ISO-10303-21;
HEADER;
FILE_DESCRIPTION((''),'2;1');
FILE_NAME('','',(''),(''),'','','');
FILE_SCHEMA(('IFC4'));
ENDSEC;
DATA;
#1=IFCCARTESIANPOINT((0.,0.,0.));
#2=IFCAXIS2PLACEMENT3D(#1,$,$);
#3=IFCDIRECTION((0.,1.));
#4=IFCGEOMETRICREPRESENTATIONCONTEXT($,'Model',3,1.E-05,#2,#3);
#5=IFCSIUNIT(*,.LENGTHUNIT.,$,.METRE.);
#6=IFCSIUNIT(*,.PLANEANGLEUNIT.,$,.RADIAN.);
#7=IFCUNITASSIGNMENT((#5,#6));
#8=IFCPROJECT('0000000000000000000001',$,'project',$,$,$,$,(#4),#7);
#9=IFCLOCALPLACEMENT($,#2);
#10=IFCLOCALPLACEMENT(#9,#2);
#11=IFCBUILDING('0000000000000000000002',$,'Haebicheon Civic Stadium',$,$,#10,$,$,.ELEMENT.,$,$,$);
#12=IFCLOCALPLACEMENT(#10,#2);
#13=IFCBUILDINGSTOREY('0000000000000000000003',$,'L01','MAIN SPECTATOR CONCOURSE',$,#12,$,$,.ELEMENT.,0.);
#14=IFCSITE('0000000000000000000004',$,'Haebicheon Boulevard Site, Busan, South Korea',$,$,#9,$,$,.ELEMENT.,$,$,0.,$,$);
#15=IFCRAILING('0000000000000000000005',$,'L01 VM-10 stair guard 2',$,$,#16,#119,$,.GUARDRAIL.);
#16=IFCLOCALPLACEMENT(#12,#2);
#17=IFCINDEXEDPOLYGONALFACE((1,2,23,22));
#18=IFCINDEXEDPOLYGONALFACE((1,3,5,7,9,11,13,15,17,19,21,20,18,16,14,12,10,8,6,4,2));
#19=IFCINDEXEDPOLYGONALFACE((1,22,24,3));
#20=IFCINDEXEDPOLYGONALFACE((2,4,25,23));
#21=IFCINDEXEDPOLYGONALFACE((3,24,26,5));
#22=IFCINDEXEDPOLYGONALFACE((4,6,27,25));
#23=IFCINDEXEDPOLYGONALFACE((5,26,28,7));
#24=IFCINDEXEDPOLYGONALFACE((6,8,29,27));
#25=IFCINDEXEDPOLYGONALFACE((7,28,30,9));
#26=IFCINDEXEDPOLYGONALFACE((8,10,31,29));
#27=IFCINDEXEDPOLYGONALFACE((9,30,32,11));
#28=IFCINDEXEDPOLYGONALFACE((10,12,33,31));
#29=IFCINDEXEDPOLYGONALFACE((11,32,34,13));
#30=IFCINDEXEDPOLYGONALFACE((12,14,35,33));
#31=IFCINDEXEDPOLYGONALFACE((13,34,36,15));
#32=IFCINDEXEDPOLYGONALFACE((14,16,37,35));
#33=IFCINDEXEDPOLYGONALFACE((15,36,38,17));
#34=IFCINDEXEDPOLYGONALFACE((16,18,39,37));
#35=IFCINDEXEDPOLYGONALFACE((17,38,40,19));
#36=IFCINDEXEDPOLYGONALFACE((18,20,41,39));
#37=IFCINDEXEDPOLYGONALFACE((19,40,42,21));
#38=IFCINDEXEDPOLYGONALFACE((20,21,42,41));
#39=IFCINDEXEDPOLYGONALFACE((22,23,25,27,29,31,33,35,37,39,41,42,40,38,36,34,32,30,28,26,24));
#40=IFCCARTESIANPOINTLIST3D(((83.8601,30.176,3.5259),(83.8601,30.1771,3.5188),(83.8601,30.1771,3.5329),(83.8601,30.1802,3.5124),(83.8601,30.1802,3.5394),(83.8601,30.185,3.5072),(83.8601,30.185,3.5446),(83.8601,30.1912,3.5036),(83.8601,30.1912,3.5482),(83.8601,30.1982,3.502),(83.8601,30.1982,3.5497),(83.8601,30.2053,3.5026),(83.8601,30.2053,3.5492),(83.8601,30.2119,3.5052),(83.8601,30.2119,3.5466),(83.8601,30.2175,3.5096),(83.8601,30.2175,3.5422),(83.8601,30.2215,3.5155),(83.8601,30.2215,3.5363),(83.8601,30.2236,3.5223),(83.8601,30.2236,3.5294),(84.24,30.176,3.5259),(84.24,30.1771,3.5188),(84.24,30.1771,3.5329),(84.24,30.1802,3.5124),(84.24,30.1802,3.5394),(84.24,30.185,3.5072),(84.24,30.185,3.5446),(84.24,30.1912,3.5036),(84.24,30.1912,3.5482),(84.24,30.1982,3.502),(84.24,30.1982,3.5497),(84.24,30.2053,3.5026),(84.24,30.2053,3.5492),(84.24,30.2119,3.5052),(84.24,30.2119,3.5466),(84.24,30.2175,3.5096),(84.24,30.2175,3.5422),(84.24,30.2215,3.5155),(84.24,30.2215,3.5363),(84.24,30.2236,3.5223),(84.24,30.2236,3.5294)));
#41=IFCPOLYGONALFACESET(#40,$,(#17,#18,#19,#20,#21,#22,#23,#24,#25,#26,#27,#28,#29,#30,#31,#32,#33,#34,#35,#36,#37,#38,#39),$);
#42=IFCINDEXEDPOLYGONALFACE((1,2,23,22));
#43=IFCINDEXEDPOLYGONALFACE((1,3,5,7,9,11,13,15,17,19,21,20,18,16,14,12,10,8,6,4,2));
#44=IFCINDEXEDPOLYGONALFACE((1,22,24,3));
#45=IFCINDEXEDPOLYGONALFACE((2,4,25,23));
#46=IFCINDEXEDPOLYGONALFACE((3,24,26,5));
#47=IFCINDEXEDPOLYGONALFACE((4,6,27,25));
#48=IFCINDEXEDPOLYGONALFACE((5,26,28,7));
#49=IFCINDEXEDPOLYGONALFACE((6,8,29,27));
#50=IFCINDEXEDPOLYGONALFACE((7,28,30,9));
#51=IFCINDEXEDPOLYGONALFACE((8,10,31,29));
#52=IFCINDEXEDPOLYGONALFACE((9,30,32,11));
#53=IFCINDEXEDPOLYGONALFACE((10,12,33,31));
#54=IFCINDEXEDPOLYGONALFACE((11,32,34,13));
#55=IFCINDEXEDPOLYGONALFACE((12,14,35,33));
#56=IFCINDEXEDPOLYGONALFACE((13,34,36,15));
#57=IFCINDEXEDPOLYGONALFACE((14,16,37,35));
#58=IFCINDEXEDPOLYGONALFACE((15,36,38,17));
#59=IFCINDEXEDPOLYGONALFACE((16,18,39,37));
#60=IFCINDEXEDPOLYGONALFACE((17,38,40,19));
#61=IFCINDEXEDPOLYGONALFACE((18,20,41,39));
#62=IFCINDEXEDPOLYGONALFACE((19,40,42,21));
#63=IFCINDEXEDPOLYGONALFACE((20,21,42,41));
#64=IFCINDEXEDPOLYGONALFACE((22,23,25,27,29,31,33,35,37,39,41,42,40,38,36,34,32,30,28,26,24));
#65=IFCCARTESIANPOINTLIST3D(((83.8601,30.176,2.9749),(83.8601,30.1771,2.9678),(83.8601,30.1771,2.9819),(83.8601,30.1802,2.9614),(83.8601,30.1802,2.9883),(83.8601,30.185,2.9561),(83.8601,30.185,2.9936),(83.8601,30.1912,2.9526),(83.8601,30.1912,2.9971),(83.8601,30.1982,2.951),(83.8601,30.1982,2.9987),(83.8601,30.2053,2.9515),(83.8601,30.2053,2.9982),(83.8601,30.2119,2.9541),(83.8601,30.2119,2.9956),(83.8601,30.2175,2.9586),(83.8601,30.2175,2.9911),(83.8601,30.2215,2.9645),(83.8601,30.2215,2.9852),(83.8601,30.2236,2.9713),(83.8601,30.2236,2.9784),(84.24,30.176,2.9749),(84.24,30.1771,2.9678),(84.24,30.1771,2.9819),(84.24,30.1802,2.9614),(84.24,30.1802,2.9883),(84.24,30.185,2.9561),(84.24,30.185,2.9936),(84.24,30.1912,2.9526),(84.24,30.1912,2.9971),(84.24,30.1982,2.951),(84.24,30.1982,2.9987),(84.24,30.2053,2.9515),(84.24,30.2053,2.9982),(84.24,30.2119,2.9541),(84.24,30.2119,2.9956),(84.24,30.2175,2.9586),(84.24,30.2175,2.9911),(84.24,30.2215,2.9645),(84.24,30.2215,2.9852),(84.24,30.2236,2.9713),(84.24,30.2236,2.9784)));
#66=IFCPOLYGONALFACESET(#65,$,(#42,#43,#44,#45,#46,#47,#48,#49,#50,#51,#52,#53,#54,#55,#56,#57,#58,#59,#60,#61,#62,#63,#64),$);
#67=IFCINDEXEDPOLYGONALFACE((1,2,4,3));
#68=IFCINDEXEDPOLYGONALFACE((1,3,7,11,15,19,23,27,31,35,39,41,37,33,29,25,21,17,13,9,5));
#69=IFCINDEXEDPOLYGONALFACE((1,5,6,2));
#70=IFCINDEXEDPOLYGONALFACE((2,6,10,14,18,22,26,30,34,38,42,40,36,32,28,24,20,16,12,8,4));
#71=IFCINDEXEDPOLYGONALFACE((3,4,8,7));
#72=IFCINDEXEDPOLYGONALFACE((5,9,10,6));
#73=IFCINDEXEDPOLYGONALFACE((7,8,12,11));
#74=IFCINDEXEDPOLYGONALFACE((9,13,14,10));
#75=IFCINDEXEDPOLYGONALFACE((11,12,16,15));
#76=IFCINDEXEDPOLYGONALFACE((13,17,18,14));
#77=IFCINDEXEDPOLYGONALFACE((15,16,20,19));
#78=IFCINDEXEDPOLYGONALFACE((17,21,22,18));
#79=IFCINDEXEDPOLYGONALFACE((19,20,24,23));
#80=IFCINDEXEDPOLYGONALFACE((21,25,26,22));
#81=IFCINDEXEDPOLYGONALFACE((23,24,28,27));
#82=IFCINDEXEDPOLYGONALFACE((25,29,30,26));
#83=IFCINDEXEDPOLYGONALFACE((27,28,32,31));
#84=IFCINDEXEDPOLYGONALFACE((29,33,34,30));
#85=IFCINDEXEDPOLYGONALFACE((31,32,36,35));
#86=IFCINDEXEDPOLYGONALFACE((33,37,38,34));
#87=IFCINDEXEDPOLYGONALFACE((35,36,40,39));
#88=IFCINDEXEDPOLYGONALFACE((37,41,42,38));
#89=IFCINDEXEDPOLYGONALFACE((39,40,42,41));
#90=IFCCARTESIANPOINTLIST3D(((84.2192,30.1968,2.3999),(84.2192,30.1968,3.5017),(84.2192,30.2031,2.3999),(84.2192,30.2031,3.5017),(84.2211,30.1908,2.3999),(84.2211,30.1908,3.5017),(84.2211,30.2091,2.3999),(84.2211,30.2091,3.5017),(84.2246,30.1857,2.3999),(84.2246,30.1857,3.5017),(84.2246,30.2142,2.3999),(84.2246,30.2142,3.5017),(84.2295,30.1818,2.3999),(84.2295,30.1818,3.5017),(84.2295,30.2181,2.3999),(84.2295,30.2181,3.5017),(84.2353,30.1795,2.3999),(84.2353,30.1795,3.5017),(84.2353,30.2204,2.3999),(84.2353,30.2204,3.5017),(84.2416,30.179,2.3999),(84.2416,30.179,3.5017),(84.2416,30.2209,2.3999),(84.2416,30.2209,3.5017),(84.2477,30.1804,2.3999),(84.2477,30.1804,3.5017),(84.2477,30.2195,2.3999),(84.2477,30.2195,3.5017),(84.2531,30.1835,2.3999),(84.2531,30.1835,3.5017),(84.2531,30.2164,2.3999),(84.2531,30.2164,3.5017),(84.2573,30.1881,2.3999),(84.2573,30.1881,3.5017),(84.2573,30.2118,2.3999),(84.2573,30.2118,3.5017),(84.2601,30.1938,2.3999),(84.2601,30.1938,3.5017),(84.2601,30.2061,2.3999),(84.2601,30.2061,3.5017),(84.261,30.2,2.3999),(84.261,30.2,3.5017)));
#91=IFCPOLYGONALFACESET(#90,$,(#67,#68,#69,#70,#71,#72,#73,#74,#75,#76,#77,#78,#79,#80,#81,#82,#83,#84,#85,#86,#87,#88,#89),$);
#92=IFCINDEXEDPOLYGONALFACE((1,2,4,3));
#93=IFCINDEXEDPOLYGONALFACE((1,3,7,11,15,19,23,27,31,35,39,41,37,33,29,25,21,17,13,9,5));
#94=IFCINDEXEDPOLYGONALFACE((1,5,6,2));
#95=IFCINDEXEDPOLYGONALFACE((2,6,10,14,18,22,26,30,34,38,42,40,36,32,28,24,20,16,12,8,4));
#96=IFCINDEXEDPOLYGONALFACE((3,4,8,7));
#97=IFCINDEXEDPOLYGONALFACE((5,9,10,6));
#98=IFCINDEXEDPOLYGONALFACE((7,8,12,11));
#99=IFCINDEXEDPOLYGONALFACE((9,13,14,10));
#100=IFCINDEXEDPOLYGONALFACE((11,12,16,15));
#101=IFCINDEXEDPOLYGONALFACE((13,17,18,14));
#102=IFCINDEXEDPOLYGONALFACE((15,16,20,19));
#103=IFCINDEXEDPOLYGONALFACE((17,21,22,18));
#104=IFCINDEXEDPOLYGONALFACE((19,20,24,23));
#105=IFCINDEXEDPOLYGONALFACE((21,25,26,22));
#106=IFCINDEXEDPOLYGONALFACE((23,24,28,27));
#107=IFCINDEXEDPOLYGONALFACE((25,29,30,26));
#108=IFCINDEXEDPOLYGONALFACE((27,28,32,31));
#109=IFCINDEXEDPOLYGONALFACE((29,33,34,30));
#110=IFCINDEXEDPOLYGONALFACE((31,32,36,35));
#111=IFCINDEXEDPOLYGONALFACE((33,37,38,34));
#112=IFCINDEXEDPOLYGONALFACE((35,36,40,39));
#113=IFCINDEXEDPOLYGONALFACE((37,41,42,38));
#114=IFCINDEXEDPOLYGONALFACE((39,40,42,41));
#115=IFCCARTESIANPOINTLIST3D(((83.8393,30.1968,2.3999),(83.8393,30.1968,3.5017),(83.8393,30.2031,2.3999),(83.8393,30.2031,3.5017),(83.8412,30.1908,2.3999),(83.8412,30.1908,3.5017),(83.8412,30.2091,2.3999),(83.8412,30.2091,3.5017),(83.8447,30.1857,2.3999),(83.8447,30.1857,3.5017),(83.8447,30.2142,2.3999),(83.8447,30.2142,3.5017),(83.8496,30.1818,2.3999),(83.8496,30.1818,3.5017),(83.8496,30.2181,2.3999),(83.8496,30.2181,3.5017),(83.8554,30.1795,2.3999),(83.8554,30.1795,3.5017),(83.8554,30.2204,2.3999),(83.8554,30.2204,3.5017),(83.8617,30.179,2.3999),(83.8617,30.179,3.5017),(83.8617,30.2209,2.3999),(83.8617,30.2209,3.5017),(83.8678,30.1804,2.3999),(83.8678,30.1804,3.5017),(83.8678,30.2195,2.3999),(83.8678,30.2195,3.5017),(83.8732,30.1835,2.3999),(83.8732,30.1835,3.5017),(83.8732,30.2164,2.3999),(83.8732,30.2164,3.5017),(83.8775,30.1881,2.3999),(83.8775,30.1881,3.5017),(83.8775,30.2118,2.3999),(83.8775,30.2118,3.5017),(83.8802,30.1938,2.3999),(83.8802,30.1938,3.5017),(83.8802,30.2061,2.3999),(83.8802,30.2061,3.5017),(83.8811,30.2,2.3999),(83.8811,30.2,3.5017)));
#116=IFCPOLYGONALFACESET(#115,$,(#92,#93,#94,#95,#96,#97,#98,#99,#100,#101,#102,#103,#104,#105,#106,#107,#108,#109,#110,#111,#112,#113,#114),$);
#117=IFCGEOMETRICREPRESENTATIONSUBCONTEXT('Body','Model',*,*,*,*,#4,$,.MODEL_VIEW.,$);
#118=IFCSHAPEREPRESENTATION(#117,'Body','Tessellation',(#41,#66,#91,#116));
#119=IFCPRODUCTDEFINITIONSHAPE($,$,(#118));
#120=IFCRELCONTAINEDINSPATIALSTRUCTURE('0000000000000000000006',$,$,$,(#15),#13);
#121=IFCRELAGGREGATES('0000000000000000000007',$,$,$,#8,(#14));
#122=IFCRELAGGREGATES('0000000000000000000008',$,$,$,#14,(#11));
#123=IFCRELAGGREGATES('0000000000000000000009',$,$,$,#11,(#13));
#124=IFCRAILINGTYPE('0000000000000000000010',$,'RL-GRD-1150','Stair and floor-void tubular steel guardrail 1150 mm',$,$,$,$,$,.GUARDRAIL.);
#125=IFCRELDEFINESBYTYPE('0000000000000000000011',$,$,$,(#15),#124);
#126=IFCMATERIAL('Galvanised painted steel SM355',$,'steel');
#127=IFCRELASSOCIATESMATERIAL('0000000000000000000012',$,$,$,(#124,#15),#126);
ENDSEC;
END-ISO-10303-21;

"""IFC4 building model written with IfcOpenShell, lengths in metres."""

from ifc_helpers import new_model, si_unit, direction, frame, origin, origin_2d, place, context, subcontext, project, spatial, circle, extrude, material, type_object, element, save


model = new_model("IFC4")

# Units and contexts
model_context = context("Model", 3, precision=1e-05, world=origin(), true_north=direction((0.0, 1.0)))
body_context = subcontext(model_context, "Body", "Model", "MODEL_VIEW")
ifc_project = project(units=[si_unit("LENGTHUNIT", "METRE"), si_unit("PLANEANGLEUNIT", "RADIAN")], contexts=[model_context])

# Site, building, storey
site_placement = place(None, origin())
site = spatial("IfcSite", under=ifc_project, at=site_placement, Name="Haebicheon Boulevard Site, Busan, South Korea", CompositionType="ELEMENT", RefElevation=0.0)
building_placement = place(site_placement, origin())
building = spatial("IfcBuilding", under=site, at=building_placement, Name="Haebicheon Civic Stadium", CompositionType="ELEMENT")
storey_placement = place(building_placement, origin())
storey = spatial("IfcBuildingStorey", under=building, at=storey_placement, Name="L01", Description="MAIN SPECTATOR CONCOURSE", CompositionType="ELEMENT", Elevation=0.0)

# Railing
ifc_material_1 = material(Name="Galvanised painted steel SM355", Category="steel")
railing_type_1 = type_object("IfcRailingType", Name="RL-GRD-1150", Description="Stair and floor-void tubular steel guardrail 1150 mm", PredefinedType="GUARDRAIL", material=ifc_material_1)
railing_1_placement = place(storey_placement, frame((84.24, 30.2, 2.3999)))
element("IfcRailing", 1, at=railing_1_placement, inside=storey, type_object=railing_type_1, material=ifc_material_1, Name="L01 VM-10 stair guard 2", PredefinedType="GUARDRAIL", context=body_context, shape_type="SweptSolid", body=[
    extrude(circle(Radius=0.0239, at=origin_2d()), frame((0.0, 0.0, 1.126), z_axis=(-1.0, 0.0, 0.0), x_axis=(0.0, -1.0, 0.0)), (0.0, 0.0, 1.0), 0.3799),
    extrude(circle(Radius=0.0239, at=origin_2d()), frame((0.0, 0.0, 0.575), z_axis=(-1.0, 0.0, 0.0), x_axis=(0.0, -1.0, 0.0)), (0.0, 0.0, 1.0), 0.3799),
    extrude(circle(Radius=0.021, at=origin_2d()), origin(), (0.0, 0.0, 1.0), 1.1018),
    extrude(circle(Radius=0.021, at=origin_2d()), frame((-0.3799, 0.0, 0.0)), (0.0, 0.0, 1.0), 1.1018),
])

save(model, "model.ifc")
